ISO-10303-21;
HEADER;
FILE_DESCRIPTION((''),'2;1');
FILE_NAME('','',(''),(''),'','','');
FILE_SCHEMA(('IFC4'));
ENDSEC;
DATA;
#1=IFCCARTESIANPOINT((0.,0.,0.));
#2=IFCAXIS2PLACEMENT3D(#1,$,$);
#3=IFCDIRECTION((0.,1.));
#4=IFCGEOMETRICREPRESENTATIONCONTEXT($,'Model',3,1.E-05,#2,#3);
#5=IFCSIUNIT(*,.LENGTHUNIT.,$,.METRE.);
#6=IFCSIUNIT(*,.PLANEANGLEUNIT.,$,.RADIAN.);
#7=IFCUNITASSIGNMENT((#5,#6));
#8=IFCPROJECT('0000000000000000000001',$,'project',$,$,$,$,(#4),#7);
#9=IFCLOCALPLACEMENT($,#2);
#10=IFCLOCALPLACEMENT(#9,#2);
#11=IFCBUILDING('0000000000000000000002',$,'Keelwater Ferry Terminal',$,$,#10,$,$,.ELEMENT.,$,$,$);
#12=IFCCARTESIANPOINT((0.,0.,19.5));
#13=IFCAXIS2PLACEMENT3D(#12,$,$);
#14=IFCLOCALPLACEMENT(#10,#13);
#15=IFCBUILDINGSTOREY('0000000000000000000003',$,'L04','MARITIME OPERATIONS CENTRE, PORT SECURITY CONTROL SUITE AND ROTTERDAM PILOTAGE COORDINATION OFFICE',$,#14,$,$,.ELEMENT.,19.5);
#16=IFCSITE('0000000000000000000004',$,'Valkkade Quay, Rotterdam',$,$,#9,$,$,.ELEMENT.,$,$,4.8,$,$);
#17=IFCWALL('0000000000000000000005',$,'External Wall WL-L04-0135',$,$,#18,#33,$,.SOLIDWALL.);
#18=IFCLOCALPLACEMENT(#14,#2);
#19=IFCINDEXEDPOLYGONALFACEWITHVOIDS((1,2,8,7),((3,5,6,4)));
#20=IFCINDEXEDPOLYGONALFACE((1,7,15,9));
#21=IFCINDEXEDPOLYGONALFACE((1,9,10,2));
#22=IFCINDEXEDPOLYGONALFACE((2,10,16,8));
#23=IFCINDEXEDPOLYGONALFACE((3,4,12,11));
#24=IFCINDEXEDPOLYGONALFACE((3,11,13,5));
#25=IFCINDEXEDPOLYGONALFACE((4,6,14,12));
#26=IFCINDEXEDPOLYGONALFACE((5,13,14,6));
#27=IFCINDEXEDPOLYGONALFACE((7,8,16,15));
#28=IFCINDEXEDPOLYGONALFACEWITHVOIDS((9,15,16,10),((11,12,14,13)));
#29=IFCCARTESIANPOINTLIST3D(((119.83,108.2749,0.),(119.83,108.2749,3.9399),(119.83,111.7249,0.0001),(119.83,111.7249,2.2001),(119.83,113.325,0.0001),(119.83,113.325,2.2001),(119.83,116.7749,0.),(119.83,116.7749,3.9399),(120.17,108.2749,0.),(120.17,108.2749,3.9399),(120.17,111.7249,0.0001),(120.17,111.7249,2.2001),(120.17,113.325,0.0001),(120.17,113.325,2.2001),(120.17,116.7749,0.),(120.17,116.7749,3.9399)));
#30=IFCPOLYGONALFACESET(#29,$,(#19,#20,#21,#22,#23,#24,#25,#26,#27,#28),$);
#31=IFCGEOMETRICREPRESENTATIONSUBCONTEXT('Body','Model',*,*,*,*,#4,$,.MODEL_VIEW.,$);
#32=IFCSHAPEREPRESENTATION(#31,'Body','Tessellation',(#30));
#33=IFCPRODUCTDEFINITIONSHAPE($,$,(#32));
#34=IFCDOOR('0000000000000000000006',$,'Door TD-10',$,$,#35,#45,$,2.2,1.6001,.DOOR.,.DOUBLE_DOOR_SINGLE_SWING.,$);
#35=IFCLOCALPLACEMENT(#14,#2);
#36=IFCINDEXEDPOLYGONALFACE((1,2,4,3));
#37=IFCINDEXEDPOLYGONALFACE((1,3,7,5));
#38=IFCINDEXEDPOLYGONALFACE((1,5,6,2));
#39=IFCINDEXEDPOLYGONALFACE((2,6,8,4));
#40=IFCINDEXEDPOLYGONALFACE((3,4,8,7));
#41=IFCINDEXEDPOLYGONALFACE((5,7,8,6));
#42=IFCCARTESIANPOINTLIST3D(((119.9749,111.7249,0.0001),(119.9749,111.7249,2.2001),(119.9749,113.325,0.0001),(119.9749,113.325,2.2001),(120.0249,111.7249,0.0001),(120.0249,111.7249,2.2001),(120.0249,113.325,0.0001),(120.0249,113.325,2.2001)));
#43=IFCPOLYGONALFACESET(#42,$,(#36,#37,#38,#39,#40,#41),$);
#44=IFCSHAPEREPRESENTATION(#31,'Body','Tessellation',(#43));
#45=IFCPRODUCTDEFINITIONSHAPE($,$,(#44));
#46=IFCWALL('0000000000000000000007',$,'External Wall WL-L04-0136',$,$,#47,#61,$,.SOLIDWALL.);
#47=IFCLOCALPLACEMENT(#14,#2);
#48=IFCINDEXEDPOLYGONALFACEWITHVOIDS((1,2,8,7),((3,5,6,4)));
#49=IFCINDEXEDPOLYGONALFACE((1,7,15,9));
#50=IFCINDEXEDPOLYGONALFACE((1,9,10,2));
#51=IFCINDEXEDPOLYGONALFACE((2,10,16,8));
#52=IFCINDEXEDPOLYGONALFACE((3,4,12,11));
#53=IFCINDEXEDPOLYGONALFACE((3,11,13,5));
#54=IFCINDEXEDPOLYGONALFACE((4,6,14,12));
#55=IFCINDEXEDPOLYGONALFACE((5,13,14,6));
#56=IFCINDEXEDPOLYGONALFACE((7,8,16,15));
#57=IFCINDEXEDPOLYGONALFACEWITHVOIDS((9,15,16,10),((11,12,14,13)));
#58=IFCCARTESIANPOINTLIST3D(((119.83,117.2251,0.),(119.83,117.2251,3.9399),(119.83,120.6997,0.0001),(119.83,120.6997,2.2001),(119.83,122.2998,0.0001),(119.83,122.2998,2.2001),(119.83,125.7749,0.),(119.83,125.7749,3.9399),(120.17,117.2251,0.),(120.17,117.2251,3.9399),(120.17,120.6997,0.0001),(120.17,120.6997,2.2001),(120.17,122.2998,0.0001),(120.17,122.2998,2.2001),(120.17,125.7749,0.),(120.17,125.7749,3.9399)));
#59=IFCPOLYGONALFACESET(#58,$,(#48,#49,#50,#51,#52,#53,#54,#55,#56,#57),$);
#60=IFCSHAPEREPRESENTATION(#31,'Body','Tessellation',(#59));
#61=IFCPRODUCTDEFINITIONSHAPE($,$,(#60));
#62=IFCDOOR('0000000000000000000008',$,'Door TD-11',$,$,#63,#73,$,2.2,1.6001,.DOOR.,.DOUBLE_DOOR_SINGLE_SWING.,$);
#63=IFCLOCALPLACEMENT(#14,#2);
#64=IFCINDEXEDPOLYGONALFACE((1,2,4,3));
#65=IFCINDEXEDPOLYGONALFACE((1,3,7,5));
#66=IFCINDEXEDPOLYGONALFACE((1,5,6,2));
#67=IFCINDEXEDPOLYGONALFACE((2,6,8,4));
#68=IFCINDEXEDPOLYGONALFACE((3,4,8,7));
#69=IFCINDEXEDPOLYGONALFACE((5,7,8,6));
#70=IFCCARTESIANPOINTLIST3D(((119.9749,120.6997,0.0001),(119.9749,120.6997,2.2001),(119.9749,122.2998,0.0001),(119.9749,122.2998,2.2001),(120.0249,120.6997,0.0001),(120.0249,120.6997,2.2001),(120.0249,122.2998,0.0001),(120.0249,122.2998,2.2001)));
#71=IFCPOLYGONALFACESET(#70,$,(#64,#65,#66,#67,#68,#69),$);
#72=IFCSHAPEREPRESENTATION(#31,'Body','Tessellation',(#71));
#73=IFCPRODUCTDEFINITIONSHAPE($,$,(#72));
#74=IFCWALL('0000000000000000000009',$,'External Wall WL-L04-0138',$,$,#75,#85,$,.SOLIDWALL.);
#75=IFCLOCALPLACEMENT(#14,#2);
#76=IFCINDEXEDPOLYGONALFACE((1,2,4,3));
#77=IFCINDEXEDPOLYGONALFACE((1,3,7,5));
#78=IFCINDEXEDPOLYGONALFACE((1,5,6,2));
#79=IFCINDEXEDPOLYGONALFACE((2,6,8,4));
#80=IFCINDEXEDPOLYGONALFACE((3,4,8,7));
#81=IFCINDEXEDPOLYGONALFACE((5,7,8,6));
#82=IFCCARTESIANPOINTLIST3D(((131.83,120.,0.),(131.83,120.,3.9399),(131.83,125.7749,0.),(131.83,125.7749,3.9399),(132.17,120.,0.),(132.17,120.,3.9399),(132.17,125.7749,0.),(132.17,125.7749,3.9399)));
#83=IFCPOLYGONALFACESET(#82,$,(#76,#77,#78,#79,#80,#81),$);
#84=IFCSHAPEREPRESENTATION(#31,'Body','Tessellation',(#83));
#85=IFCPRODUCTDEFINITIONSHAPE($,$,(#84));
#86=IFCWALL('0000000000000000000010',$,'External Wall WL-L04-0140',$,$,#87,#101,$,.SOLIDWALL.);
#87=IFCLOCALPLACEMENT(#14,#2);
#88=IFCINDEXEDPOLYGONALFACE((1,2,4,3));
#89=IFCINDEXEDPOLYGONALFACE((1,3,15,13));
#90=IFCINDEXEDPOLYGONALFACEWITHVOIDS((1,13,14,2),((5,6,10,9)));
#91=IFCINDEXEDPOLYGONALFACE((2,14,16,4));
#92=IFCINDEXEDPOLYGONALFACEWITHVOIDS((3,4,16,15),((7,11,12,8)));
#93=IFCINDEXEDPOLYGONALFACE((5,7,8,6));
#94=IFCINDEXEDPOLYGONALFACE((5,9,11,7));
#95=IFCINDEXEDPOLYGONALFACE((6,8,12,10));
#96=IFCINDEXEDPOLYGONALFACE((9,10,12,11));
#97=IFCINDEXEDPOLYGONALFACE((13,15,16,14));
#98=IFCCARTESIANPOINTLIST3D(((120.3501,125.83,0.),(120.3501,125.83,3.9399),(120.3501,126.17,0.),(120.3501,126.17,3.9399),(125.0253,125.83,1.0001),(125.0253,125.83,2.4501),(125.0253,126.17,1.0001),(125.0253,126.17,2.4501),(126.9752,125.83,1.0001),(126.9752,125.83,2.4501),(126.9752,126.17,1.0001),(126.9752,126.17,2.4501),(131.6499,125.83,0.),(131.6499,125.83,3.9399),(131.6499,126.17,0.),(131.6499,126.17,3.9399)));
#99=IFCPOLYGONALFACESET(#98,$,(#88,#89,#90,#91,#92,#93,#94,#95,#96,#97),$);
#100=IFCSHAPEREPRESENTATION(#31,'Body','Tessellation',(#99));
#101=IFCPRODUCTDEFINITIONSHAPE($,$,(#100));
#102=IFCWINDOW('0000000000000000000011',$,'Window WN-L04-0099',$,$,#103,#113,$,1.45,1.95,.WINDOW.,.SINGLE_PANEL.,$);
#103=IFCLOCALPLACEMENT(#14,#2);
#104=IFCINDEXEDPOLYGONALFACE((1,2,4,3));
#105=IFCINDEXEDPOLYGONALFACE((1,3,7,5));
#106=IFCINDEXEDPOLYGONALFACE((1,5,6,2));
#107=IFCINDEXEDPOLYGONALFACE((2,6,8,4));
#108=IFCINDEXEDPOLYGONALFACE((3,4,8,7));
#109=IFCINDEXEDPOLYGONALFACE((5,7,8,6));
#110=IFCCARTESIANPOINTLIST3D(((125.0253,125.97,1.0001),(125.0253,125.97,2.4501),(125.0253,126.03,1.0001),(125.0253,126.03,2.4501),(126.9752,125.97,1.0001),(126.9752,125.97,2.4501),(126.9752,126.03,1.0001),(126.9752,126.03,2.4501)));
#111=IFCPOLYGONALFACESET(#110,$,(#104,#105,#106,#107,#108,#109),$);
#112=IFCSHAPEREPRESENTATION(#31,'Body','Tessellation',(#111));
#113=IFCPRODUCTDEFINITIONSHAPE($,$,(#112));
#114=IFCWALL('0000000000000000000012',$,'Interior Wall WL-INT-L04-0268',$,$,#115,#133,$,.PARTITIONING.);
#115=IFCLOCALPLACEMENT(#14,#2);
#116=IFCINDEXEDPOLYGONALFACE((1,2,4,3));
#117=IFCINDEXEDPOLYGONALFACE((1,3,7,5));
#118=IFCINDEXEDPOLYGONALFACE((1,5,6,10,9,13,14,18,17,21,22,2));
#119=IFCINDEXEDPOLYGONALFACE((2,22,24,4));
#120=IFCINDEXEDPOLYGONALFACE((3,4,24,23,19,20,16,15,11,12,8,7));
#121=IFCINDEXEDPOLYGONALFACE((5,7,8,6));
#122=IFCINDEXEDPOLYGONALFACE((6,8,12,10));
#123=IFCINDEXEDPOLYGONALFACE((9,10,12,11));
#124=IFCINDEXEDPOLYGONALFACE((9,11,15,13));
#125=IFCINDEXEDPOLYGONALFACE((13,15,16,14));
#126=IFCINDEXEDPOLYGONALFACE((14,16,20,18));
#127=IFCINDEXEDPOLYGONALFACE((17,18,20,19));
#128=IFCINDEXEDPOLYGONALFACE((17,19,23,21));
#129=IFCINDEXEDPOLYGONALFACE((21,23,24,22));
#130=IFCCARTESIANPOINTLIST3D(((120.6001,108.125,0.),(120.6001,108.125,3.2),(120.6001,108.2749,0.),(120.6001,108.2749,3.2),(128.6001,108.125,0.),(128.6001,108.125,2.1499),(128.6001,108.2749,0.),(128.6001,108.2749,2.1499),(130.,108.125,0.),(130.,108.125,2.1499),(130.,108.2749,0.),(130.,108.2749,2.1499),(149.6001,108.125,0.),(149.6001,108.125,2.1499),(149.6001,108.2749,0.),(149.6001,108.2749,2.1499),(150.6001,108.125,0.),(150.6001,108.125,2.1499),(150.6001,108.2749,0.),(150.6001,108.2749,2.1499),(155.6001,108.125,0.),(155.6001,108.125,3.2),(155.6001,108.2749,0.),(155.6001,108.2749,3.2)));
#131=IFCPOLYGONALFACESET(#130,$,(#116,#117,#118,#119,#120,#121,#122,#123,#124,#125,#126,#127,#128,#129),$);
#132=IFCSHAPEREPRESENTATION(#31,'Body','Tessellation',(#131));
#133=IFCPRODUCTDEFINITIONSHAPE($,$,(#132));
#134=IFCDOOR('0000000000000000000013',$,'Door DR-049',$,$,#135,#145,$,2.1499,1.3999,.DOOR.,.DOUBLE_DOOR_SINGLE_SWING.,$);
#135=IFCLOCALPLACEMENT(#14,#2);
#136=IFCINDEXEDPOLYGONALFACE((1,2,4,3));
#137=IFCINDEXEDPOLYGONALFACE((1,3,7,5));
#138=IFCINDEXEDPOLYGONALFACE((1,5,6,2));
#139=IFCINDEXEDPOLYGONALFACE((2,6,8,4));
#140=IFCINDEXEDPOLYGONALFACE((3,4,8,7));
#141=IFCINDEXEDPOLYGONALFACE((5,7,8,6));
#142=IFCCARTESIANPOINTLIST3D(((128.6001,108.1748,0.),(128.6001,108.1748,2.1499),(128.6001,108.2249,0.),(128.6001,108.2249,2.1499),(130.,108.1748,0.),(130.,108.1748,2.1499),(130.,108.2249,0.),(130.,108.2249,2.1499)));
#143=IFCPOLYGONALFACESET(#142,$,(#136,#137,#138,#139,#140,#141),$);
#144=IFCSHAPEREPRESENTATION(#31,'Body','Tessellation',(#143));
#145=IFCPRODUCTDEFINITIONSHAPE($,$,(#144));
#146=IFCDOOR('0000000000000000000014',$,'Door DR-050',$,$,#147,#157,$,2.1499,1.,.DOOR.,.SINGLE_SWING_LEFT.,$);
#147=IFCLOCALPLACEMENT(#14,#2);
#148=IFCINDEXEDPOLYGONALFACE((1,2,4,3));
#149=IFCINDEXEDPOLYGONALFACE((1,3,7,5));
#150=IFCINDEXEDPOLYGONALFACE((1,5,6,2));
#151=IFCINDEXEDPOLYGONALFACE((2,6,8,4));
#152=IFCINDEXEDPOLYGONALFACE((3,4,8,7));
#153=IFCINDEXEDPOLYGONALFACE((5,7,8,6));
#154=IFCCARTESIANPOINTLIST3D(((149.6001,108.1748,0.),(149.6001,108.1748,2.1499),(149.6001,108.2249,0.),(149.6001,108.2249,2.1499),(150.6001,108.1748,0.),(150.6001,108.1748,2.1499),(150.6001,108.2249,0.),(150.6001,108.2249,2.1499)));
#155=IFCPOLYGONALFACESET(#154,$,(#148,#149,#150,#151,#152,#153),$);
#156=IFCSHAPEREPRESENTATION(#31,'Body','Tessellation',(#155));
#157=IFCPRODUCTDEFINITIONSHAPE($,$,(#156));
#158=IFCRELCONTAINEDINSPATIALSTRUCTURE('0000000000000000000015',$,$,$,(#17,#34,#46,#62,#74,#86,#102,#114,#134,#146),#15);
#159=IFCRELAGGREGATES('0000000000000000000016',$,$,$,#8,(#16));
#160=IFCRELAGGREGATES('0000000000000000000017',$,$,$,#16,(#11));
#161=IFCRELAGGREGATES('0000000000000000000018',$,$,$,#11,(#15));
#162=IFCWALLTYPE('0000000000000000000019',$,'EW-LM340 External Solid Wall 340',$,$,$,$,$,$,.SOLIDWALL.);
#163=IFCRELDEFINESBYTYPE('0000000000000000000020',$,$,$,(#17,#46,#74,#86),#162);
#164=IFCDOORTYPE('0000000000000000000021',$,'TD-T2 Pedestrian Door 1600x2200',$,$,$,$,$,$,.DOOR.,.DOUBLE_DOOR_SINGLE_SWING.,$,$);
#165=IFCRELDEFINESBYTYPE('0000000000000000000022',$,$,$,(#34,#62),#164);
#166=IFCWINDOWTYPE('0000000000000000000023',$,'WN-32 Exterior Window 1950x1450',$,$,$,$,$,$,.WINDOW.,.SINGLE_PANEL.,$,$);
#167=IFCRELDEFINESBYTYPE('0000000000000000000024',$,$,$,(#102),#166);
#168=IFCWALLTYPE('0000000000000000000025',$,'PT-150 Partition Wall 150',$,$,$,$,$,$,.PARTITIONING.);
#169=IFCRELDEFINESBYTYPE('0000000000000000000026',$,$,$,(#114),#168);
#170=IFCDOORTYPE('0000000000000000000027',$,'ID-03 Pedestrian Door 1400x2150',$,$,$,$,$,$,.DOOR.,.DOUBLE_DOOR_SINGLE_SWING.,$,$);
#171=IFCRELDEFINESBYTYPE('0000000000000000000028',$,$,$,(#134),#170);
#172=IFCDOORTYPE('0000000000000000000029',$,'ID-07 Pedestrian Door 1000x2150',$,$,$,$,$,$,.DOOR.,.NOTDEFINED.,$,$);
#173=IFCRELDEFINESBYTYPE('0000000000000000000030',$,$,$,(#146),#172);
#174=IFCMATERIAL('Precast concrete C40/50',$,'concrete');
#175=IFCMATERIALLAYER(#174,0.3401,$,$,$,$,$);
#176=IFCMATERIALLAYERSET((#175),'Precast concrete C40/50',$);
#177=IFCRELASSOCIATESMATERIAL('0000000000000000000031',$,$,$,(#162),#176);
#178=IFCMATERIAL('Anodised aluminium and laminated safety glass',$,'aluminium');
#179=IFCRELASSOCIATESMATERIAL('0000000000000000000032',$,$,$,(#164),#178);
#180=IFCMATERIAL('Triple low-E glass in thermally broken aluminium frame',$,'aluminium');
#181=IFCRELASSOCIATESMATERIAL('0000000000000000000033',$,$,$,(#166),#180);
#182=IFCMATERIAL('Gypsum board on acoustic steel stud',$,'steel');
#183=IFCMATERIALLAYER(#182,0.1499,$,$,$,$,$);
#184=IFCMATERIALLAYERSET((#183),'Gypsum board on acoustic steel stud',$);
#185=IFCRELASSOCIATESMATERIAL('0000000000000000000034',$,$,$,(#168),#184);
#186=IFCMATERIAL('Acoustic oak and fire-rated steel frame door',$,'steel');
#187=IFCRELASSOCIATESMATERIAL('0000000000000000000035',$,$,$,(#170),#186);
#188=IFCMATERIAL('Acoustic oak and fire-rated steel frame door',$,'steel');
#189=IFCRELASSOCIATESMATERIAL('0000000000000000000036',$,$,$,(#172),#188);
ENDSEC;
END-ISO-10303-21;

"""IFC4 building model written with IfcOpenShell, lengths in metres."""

from ifc_helpers import new_model, si_unit, direction, frame, frame_2d, origin, place, context, subcontext, project, spatial, rectangle, extrude, material, layer, layer_set, type_object, element, fill, save


model = new_model("IFC4")

# Units and contexts
model_context = context("Model", 3, precision=1e-05, world=origin(), true_north=direction((0.0, 1.0)))
body_context = subcontext(model_context, "Body", "Model", "MODEL_VIEW")
ifc_project = project(units=[si_unit("LENGTHUNIT", "METRE"), si_unit("PLANEANGLEUNIT", "RADIAN")], contexts=[model_context])

# Site, building, storey
site_placement = place(None, origin())
site = spatial("IfcSite", under=ifc_project, at=site_placement, Name="Valkkade Quay, Rotterdam", CompositionType="ELEMENT", RefElevation=4.8)
building_placement = place(site_placement, origin())
building = spatial("IfcBuilding", under=site, at=building_placement, Name="Keelwater Ferry Terminal", CompositionType="ELEMENT")
storey_placement = place(building_placement, frame((0.0, 0.0, 19.5)))
storey = spatial("IfcBuildingStorey", under=building, at=storey_placement, Name="L04", Description="MARITIME OPERATIONS CENTRE, PORT SECURITY CONTROL SUITE AND ROTTERDAM PILOTAGE COORDINATION OFFICE", CompositionType="ELEMENT", Elevation=19.5)

# Walls, openings, doors
ifc_material_1 = material(Name="Precast concrete C40/50", Category="concrete")
ifc_layer_1 = layer(ifc_material_1, 0.3401)
ifc_layer_set_1 = layer_set([ifc_layer_1], Name="Precast concrete C40/50")
wall_type_1 = type_object("IfcWallType", Name="EW-LM340 External Solid Wall 340", PredefinedType="SOLIDWALL", material=ifc_layer_set_1)
wall_1_placement = place(storey_placement, frame((120.0, 116.7749, 0.0), z_axis=(0.0, 0.0, 1.0), x_axis=(0.0, -1.0, 0.0)))
wall_1 = element("IfcWall", 1, at=wall_1_placement, inside=storey, type_object=wall_type_1, Name="External Wall WL-L04-0135", PredefinedType="SOLIDWALL", context=body_context, shape_type="SweptSolid", body=[
    extrude(rectangle(XDim=8.5, YDim=0.3401, at=frame_2d((4.25, 0.0))), origin(), (0.0, 0.0, 1.0), 3.9399),
])
opening_1_placement = place(wall_1_placement, frame((3.45, 0.0, 0.0)))
opening_1 = element("IfcOpeningElement", 2, at=opening_1_placement, cuts=wall_1, PredefinedType="OPENING", context=body_context, shape_type="SweptSolid", body=[
    extrude(rectangle(XDim=1.6001, YDim=2.2, at=frame_2d((0.8, 1.1001))), frame((0.0, 0.1799, 0.0), z_axis=(0.0, -1.0, 0.0), x_axis=(1.0, 0.0, 0.0)), (0.0, 0.0, 1.0), 0.3601),
])
ifc_material_2 = material(Name="Anodised aluminium and laminated safety glass", Category="aluminium")
door_type_1 = type_object("IfcDoorType", Name="TD-T2 Pedestrian Door 1600x2200", OperationType="DOUBLE_DOOR_SINGLE_SWING", PredefinedType="DOOR", material=ifc_material_2)
door_1_placement = place(opening_1_placement, origin())
door_1 = element("IfcDoor", 3, at=door_1_placement, inside=storey, type_object=door_type_1, Name="Door TD-10", OperationType="DOUBLE_DOOR_SINGLE_SWING", OverallHeight=2.2, OverallWidth=1.6001, PredefinedType="DOOR", context=body_context, shape_type="SweptSolid", body=[
    extrude(rectangle(XDim=1.6001, YDim=2.2, at=frame_2d((0.8, 1.1001))), frame((0.0, 0.0249, 0.0), z_axis=(0.0, -1.0, 0.0), x_axis=(1.0, 0.0, 0.0)), (0.0, 0.0, 1.0), 0.05),
])
fill(opening_1, door_1)
wall_2_placement = place(storey_placement, frame((120.0, 125.7749, 0.0), z_axis=(0.0, 0.0, 1.0), x_axis=(0.0, -1.0, 0.0)))
wall_2 = element("IfcWall", 4, at=wall_2_placement, inside=storey, type_object=wall_type_1, Name="External Wall WL-L04-0136", PredefinedType="SOLIDWALL", context=body_context, shape_type="SweptSolid", body=[
    extrude(rectangle(XDim=8.5498, YDim=0.3401, at=frame_2d((4.2749, 0.0))), origin(), (0.0, 0.0, 1.0), 3.9399),
])
opening_2_placement = place(wall_2_placement, frame((3.4751, 0.0, 0.0)))
opening_2 = element("IfcOpeningElement", 5, at=opening_2_placement, cuts=wall_2, PredefinedType="OPENING", context=body_context, shape_type="SweptSolid", body=[
    extrude(rectangle(XDim=1.6001, YDim=2.2, at=frame_2d((0.8, 1.1001))), frame((0.0, 0.1799, 0.0), z_axis=(0.0, -1.0, 0.0), x_axis=(1.0, 0.0, 0.0)), (0.0, 0.0, 1.0), 0.3601),
])
door_2_placement = place(opening_2_placement, origin())
door_2 = element("IfcDoor", 6, at=door_2_placement, inside=storey, type_object=door_type_1, Name="Door TD-11", OperationType="DOUBLE_DOOR_SINGLE_SWING", OverallHeight=2.2, OverallWidth=1.6001, PredefinedType="DOOR", context=body_context, shape_type="SweptSolid", body=[
    extrude(rectangle(XDim=1.6001, YDim=2.2, at=frame_2d((0.8, 1.1001))), frame((0.0, 0.0249, 0.0), z_axis=(0.0, -1.0, 0.0), x_axis=(1.0, 0.0, 0.0)), (0.0, 0.0, 1.0), 0.05),
])
fill(opening_2, door_2)

# Wall
wall_3_placement = place(storey_placement, frame((132.0, 125.7749, 0.0), z_axis=(0.0, 0.0, 1.0), x_axis=(0.0, -1.0, 0.0)))
element("IfcWall", 7, at=wall_3_placement, inside=storey, type_object=wall_type_1, Name="External Wall WL-L04-0138", PredefinedType="SOLIDWALL", context=body_context, shape_type="SweptSolid", body=[
    extrude(rectangle(XDim=5.7749, YDim=0.3401, at=frame_2d((2.8875, 0.0))), origin(), (0.0, 0.0, 1.0), 3.9399),
])

# Wall, opening, window
wall_4_placement = place(storey_placement, frame((120.3501, 126.0, 0.0), z_axis=(0.0, 0.0, 1.0), x_axis=(1.0, 0.0, 0.0)))
wall_4 = element("IfcWall", 8, at=wall_4_placement, inside=storey, type_object=wall_type_1, Name="External Wall WL-L04-0140", PredefinedType="SOLIDWALL", context=body_context, shape_type="SweptSolid", body=[
    extrude(rectangle(XDim=11.2998, YDim=0.3401, at=frame_2d((5.6499, 0.0))), origin(), (0.0, 0.0, 1.0), 3.9399),
])
opening_3_placement = place(wall_4_placement, frame((4.675, 0.0, 1.0)))
opening_3 = element("IfcOpeningElement", 9, at=opening_3_placement, cuts=wall_4, PredefinedType="OPENING", context=body_context, shape_type="SweptSolid", body=[
    extrude(rectangle(XDim=1.95, YDim=1.45, at=frame_2d((0.9751, 0.7251))), frame((0.0, 0.1799, 0.0), z_axis=(0.0, -1.0, 0.0), x_axis=(1.0, 0.0, 0.0)), (0.0, 0.0, 1.0), 0.3601),
])
ifc_material_3 = material(Name="Triple low-E glass in thermally broken aluminium frame", Category="aluminium")
window_type = type_object("IfcWindowType", Name="WN-32 Exterior Window 1950x1450", PartitioningType="SINGLE_PANEL", PredefinedType="WINDOW", material=ifc_material_3)
window_placement = place(opening_3_placement, origin())
window = element("IfcWindow", 10, at=window_placement, inside=storey, type_object=window_type, Name="Window WN-L04-0099", OverallHeight=1.45, OverallWidth=1.95, PartitioningType="SINGLE_PANEL", PredefinedType="WINDOW", context=body_context, shape_type="SweptSolid", body=[
    extrude(rectangle(XDim=1.95, YDim=1.45, at=frame_2d((0.9751, 0.7251))), frame((0.0, 0.03, 0.0), z_axis=(0.0, -1.0, 0.0), x_axis=(1.0, 0.0, 0.0)), (0.0, 0.0, 1.0), 0.0601),
])
fill(opening_3, window)

# Wall, openings, doors
ifc_material_4 = material(Name="Gypsum board on acoustic steel stud", Category="steel")
ifc_layer_2 = layer(ifc_material_4, 0.1499)
ifc_layer_set_2 = layer_set([ifc_layer_2], Name="Gypsum board on acoustic steel stud")
wall_type_2 = type_object("IfcWallType", Name="PT-150 Partition Wall 150", PredefinedType="PARTITIONING", material=ifc_layer_set_2)
wall_5_placement = place(storey_placement, frame((120.6001, 108.2, 0.0), z_axis=(0.0, 0.0, 1.0), x_axis=(1.0, 0.0, 0.0)))
wall_5 = element("IfcWall", 11, at=wall_5_placement, inside=storey, type_object=wall_type_2, Name="Interior Wall WL-INT-L04-0268", PredefinedType="PARTITIONING", context=body_context, shape_type="SweptSolid", body=[
    extrude(rectangle(XDim=35.0, YDim=0.1499, at=frame_2d((17.5, 0.0))), origin(), (0.0, 0.0, 1.0), 3.2),
])
opening_4_placement = place(wall_5_placement, frame((8.0, 0.0, 0.0)))
opening_4 = element("IfcOpeningElement", 12, at=opening_4_placement, cuts=wall_5, PredefinedType="OPENING", context=body_context, shape_type="SweptSolid", body=[
    extrude(rectangle(XDim=1.3999, YDim=2.1499, at=frame_2d((0.7, 1.075))), frame((0.0, 0.085, 0.0), z_axis=(0.0, -1.0, 0.0), x_axis=(1.0, 0.0, 0.0)), (0.0, 0.0, 1.0), 0.1699),
])
opening_5_placement = place(wall_5_placement, frame((29.0, 0.0, 0.0)))
opening_5 = element("IfcOpeningElement", 13, at=opening_5_placement, cuts=wall_5, PredefinedType="OPENING", context=body_context, shape_type="SweptSolid", body=[
    extrude(rectangle(XDim=1.0, YDim=2.1499, at=frame_2d((0.5, 1.075))), frame((0.0, 0.085, 0.0), z_axis=(0.0, -1.0, 0.0), x_axis=(1.0, 0.0, 0.0)), (0.0, 0.0, 1.0), 0.1699),
])
ifc_material_5 = material(Name="Acoustic oak and fire-rated steel frame door", Category="steel")
door_type_2 = type_object("IfcDoorType", Name="ID-03 Pedestrian Door 1400x2150", OperationType="DOUBLE_DOOR_SINGLE_SWING", PredefinedType="DOOR", material=ifc_material_5)
door_3_placement = place(opening_4_placement, origin())
door_3 = element("IfcDoor", 14, at=door_3_placement, inside=storey, type_object=door_type_2, Name="Door DR-049", OperationType="DOUBLE_DOOR_SINGLE_SWING", OverallHeight=2.1499, OverallWidth=1.3999, PredefinedType="DOOR", context=body_context, shape_type="SweptSolid", body=[
    extrude(rectangle(XDim=1.3999, YDim=2.1499, at=frame_2d((0.7, 1.075))), frame((0.0, 0.0249, 0.0), z_axis=(0.0, -1.0, 0.0), x_axis=(1.0, 0.0, 0.0)), (0.0, 0.0, 1.0), 0.05),
])
fill(opening_4, door_3)
ifc_material_6 = material(Name="Acoustic oak and fire-rated steel frame door", Category="steel")
door_type_3 = type_object("IfcDoorType", Name="ID-07 Pedestrian Door 1000x2150", OperationType="NOTDEFINED", PredefinedType="DOOR", material=ifc_material_6)
door_4_placement = place(opening_5_placement, origin())
door_4 = element("IfcDoor", 15, at=door_4_placement, inside=storey, type_object=door_type_3, Name="Door DR-050", OperationType="SINGLE_SWING_LEFT", OverallHeight=2.1499, OverallWidth=1.0, PredefinedType="DOOR", context=body_context, shape_type="SweptSolid", body=[
    extrude(rectangle(XDim=1.0, YDim=2.1499, at=frame_2d((0.5, 1.075))), frame((0.0, 0.0249, 0.0), z_axis=(0.0, -1.0, 0.0), x_axis=(1.0, 0.0, 0.0)), (0.0, 0.0, 1.0), 0.05),
])
fill(opening_5, door_4)

save(model, "model.ifc")
